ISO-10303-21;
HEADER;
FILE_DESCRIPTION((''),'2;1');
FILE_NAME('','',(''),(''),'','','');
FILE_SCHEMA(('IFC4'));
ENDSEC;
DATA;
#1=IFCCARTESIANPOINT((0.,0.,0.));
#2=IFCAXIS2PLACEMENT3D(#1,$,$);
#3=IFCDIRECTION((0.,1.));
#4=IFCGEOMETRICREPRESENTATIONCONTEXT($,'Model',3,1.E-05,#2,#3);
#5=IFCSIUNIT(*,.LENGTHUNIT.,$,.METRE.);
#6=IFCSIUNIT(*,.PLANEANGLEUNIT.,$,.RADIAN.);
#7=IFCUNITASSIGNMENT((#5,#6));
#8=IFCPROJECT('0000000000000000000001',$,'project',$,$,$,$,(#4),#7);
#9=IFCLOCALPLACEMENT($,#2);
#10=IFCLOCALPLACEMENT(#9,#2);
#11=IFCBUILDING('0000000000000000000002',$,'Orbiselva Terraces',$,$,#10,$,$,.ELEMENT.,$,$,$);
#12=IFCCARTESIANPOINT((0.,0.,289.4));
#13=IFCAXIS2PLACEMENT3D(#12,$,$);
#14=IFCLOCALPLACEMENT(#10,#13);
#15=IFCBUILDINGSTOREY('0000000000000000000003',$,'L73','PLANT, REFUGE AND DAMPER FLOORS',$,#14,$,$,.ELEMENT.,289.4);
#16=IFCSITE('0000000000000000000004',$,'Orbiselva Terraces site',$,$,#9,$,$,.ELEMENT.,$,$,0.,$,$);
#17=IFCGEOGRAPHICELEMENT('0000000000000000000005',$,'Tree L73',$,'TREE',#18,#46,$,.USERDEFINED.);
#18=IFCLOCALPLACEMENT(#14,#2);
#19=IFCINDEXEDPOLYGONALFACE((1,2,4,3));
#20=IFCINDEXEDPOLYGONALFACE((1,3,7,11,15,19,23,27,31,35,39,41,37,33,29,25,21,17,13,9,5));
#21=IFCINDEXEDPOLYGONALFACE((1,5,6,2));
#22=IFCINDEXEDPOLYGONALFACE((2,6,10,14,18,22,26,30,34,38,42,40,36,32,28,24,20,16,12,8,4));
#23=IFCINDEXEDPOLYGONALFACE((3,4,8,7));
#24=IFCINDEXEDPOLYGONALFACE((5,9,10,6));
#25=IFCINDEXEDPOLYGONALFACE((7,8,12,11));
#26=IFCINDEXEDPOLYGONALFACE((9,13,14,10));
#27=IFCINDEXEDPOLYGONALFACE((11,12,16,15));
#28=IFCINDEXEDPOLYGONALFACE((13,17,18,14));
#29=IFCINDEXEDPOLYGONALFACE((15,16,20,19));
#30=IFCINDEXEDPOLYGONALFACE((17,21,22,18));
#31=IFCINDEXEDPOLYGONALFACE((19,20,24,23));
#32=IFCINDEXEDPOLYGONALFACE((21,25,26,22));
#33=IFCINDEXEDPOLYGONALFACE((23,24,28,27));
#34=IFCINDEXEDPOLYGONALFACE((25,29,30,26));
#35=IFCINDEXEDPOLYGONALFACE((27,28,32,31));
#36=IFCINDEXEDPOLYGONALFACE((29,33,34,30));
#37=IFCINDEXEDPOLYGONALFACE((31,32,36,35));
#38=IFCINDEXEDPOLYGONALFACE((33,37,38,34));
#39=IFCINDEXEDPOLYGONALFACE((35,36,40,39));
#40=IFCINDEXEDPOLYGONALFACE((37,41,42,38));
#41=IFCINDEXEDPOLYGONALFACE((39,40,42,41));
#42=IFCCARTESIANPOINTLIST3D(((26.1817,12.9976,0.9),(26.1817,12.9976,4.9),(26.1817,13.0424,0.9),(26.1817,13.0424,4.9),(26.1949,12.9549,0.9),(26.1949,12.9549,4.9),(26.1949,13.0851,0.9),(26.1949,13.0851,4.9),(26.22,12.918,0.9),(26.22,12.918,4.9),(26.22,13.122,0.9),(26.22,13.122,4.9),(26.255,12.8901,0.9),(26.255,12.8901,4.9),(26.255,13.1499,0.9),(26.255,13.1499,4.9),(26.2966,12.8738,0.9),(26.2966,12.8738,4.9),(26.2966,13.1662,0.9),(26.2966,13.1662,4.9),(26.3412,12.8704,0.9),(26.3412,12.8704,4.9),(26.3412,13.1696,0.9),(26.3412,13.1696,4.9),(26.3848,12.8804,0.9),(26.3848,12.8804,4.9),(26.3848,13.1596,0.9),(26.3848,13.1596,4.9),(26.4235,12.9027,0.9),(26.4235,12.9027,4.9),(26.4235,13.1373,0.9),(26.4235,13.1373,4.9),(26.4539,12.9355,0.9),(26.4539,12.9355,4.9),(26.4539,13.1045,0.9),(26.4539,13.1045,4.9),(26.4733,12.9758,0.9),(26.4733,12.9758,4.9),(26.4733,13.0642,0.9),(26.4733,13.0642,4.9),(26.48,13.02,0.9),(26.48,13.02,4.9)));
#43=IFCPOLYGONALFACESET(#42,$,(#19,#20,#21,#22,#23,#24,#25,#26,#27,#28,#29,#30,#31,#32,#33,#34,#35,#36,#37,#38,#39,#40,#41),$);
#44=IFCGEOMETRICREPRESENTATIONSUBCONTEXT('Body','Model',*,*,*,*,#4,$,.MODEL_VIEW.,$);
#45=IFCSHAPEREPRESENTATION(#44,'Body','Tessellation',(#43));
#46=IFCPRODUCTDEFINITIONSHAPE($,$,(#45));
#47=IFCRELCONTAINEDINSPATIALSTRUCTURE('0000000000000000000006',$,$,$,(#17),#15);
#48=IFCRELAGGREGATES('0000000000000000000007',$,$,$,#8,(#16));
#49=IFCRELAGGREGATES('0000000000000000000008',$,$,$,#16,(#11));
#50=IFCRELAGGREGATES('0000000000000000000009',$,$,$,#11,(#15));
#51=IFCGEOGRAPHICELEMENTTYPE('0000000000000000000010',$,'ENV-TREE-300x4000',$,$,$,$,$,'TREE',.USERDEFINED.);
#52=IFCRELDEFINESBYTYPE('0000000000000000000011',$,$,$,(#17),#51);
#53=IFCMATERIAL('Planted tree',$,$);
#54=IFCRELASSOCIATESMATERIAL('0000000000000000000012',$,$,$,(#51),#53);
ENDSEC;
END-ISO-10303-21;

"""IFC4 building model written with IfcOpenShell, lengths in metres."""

from ifc_helpers import new_model, si_unit, direction, frame, origin, origin_2d, place, context, subcontext, project, spatial, circle, extrude, material, type_object, element, save


model = new_model("IFC4")

# Units and contexts
model_context = context("Model", 3, precision=1e-05, world=origin(), true_north=direction((0.0, 1.0)))
body_context = subcontext(model_context, "Body", "Model", "MODEL_VIEW")
ifc_project = project(units=[si_unit("LENGTHUNIT", "METRE"), si_unit("PLANEANGLEUNIT", "RADIAN")], contexts=[model_context])

# Site, building, storey
site_placement = place(None, origin())
site = spatial("IfcSite", under=ifc_project, at=site_placement, Name="Orbiselva Terraces site", CompositionType="ELEMENT", RefElevation=0.0)
building_placement = place(site_placement, origin())
building = spatial("IfcBuilding", under=site, at=building_placement, Name="Orbiselva Terraces", CompositionType="ELEMENT")
storey_placement = place(building_placement, frame((0.0, 0.0, 289.4)))
storey = spatial("IfcBuildingStorey", under=building, at=storey_placement, Name="L73", Description="PLANT, REFUGE AND DAMPER FLOORS", CompositionType="ELEMENT", Elevation=289.4)

# Geographic element
ifc_material_1 = material(Name="Planted tree")
geographic_element_type = type_object("IfcGeographicElementType", Name="ENV-TREE-300x4000", ElementType="TREE", PredefinedType="USERDEFINED", material=ifc_material_1)
for number, where, z_axis, x_axis, name in (
    (1, (26.33, 13.02, 4.9), (0.0, 0.0, -1.0), (1.0, 0.0, 0.0), "Tree L73"),
):
    element("IfcGeographicElement", number, at=place(storey_placement, frame(where, z_axis=z_axis, x_axis=x_axis)), inside=storey, type_object=geographic_element_type, Name=name, ObjectType="TREE", PredefinedType="USERDEFINED", context=body_context, shape_type="SweptSolid", body=[
        extrude(circle(Radius=0.15, at=origin_2d()), origin(), (0.0, 0.0, 1.0), 4.0),
    ])

save(model, "model.ifc")
